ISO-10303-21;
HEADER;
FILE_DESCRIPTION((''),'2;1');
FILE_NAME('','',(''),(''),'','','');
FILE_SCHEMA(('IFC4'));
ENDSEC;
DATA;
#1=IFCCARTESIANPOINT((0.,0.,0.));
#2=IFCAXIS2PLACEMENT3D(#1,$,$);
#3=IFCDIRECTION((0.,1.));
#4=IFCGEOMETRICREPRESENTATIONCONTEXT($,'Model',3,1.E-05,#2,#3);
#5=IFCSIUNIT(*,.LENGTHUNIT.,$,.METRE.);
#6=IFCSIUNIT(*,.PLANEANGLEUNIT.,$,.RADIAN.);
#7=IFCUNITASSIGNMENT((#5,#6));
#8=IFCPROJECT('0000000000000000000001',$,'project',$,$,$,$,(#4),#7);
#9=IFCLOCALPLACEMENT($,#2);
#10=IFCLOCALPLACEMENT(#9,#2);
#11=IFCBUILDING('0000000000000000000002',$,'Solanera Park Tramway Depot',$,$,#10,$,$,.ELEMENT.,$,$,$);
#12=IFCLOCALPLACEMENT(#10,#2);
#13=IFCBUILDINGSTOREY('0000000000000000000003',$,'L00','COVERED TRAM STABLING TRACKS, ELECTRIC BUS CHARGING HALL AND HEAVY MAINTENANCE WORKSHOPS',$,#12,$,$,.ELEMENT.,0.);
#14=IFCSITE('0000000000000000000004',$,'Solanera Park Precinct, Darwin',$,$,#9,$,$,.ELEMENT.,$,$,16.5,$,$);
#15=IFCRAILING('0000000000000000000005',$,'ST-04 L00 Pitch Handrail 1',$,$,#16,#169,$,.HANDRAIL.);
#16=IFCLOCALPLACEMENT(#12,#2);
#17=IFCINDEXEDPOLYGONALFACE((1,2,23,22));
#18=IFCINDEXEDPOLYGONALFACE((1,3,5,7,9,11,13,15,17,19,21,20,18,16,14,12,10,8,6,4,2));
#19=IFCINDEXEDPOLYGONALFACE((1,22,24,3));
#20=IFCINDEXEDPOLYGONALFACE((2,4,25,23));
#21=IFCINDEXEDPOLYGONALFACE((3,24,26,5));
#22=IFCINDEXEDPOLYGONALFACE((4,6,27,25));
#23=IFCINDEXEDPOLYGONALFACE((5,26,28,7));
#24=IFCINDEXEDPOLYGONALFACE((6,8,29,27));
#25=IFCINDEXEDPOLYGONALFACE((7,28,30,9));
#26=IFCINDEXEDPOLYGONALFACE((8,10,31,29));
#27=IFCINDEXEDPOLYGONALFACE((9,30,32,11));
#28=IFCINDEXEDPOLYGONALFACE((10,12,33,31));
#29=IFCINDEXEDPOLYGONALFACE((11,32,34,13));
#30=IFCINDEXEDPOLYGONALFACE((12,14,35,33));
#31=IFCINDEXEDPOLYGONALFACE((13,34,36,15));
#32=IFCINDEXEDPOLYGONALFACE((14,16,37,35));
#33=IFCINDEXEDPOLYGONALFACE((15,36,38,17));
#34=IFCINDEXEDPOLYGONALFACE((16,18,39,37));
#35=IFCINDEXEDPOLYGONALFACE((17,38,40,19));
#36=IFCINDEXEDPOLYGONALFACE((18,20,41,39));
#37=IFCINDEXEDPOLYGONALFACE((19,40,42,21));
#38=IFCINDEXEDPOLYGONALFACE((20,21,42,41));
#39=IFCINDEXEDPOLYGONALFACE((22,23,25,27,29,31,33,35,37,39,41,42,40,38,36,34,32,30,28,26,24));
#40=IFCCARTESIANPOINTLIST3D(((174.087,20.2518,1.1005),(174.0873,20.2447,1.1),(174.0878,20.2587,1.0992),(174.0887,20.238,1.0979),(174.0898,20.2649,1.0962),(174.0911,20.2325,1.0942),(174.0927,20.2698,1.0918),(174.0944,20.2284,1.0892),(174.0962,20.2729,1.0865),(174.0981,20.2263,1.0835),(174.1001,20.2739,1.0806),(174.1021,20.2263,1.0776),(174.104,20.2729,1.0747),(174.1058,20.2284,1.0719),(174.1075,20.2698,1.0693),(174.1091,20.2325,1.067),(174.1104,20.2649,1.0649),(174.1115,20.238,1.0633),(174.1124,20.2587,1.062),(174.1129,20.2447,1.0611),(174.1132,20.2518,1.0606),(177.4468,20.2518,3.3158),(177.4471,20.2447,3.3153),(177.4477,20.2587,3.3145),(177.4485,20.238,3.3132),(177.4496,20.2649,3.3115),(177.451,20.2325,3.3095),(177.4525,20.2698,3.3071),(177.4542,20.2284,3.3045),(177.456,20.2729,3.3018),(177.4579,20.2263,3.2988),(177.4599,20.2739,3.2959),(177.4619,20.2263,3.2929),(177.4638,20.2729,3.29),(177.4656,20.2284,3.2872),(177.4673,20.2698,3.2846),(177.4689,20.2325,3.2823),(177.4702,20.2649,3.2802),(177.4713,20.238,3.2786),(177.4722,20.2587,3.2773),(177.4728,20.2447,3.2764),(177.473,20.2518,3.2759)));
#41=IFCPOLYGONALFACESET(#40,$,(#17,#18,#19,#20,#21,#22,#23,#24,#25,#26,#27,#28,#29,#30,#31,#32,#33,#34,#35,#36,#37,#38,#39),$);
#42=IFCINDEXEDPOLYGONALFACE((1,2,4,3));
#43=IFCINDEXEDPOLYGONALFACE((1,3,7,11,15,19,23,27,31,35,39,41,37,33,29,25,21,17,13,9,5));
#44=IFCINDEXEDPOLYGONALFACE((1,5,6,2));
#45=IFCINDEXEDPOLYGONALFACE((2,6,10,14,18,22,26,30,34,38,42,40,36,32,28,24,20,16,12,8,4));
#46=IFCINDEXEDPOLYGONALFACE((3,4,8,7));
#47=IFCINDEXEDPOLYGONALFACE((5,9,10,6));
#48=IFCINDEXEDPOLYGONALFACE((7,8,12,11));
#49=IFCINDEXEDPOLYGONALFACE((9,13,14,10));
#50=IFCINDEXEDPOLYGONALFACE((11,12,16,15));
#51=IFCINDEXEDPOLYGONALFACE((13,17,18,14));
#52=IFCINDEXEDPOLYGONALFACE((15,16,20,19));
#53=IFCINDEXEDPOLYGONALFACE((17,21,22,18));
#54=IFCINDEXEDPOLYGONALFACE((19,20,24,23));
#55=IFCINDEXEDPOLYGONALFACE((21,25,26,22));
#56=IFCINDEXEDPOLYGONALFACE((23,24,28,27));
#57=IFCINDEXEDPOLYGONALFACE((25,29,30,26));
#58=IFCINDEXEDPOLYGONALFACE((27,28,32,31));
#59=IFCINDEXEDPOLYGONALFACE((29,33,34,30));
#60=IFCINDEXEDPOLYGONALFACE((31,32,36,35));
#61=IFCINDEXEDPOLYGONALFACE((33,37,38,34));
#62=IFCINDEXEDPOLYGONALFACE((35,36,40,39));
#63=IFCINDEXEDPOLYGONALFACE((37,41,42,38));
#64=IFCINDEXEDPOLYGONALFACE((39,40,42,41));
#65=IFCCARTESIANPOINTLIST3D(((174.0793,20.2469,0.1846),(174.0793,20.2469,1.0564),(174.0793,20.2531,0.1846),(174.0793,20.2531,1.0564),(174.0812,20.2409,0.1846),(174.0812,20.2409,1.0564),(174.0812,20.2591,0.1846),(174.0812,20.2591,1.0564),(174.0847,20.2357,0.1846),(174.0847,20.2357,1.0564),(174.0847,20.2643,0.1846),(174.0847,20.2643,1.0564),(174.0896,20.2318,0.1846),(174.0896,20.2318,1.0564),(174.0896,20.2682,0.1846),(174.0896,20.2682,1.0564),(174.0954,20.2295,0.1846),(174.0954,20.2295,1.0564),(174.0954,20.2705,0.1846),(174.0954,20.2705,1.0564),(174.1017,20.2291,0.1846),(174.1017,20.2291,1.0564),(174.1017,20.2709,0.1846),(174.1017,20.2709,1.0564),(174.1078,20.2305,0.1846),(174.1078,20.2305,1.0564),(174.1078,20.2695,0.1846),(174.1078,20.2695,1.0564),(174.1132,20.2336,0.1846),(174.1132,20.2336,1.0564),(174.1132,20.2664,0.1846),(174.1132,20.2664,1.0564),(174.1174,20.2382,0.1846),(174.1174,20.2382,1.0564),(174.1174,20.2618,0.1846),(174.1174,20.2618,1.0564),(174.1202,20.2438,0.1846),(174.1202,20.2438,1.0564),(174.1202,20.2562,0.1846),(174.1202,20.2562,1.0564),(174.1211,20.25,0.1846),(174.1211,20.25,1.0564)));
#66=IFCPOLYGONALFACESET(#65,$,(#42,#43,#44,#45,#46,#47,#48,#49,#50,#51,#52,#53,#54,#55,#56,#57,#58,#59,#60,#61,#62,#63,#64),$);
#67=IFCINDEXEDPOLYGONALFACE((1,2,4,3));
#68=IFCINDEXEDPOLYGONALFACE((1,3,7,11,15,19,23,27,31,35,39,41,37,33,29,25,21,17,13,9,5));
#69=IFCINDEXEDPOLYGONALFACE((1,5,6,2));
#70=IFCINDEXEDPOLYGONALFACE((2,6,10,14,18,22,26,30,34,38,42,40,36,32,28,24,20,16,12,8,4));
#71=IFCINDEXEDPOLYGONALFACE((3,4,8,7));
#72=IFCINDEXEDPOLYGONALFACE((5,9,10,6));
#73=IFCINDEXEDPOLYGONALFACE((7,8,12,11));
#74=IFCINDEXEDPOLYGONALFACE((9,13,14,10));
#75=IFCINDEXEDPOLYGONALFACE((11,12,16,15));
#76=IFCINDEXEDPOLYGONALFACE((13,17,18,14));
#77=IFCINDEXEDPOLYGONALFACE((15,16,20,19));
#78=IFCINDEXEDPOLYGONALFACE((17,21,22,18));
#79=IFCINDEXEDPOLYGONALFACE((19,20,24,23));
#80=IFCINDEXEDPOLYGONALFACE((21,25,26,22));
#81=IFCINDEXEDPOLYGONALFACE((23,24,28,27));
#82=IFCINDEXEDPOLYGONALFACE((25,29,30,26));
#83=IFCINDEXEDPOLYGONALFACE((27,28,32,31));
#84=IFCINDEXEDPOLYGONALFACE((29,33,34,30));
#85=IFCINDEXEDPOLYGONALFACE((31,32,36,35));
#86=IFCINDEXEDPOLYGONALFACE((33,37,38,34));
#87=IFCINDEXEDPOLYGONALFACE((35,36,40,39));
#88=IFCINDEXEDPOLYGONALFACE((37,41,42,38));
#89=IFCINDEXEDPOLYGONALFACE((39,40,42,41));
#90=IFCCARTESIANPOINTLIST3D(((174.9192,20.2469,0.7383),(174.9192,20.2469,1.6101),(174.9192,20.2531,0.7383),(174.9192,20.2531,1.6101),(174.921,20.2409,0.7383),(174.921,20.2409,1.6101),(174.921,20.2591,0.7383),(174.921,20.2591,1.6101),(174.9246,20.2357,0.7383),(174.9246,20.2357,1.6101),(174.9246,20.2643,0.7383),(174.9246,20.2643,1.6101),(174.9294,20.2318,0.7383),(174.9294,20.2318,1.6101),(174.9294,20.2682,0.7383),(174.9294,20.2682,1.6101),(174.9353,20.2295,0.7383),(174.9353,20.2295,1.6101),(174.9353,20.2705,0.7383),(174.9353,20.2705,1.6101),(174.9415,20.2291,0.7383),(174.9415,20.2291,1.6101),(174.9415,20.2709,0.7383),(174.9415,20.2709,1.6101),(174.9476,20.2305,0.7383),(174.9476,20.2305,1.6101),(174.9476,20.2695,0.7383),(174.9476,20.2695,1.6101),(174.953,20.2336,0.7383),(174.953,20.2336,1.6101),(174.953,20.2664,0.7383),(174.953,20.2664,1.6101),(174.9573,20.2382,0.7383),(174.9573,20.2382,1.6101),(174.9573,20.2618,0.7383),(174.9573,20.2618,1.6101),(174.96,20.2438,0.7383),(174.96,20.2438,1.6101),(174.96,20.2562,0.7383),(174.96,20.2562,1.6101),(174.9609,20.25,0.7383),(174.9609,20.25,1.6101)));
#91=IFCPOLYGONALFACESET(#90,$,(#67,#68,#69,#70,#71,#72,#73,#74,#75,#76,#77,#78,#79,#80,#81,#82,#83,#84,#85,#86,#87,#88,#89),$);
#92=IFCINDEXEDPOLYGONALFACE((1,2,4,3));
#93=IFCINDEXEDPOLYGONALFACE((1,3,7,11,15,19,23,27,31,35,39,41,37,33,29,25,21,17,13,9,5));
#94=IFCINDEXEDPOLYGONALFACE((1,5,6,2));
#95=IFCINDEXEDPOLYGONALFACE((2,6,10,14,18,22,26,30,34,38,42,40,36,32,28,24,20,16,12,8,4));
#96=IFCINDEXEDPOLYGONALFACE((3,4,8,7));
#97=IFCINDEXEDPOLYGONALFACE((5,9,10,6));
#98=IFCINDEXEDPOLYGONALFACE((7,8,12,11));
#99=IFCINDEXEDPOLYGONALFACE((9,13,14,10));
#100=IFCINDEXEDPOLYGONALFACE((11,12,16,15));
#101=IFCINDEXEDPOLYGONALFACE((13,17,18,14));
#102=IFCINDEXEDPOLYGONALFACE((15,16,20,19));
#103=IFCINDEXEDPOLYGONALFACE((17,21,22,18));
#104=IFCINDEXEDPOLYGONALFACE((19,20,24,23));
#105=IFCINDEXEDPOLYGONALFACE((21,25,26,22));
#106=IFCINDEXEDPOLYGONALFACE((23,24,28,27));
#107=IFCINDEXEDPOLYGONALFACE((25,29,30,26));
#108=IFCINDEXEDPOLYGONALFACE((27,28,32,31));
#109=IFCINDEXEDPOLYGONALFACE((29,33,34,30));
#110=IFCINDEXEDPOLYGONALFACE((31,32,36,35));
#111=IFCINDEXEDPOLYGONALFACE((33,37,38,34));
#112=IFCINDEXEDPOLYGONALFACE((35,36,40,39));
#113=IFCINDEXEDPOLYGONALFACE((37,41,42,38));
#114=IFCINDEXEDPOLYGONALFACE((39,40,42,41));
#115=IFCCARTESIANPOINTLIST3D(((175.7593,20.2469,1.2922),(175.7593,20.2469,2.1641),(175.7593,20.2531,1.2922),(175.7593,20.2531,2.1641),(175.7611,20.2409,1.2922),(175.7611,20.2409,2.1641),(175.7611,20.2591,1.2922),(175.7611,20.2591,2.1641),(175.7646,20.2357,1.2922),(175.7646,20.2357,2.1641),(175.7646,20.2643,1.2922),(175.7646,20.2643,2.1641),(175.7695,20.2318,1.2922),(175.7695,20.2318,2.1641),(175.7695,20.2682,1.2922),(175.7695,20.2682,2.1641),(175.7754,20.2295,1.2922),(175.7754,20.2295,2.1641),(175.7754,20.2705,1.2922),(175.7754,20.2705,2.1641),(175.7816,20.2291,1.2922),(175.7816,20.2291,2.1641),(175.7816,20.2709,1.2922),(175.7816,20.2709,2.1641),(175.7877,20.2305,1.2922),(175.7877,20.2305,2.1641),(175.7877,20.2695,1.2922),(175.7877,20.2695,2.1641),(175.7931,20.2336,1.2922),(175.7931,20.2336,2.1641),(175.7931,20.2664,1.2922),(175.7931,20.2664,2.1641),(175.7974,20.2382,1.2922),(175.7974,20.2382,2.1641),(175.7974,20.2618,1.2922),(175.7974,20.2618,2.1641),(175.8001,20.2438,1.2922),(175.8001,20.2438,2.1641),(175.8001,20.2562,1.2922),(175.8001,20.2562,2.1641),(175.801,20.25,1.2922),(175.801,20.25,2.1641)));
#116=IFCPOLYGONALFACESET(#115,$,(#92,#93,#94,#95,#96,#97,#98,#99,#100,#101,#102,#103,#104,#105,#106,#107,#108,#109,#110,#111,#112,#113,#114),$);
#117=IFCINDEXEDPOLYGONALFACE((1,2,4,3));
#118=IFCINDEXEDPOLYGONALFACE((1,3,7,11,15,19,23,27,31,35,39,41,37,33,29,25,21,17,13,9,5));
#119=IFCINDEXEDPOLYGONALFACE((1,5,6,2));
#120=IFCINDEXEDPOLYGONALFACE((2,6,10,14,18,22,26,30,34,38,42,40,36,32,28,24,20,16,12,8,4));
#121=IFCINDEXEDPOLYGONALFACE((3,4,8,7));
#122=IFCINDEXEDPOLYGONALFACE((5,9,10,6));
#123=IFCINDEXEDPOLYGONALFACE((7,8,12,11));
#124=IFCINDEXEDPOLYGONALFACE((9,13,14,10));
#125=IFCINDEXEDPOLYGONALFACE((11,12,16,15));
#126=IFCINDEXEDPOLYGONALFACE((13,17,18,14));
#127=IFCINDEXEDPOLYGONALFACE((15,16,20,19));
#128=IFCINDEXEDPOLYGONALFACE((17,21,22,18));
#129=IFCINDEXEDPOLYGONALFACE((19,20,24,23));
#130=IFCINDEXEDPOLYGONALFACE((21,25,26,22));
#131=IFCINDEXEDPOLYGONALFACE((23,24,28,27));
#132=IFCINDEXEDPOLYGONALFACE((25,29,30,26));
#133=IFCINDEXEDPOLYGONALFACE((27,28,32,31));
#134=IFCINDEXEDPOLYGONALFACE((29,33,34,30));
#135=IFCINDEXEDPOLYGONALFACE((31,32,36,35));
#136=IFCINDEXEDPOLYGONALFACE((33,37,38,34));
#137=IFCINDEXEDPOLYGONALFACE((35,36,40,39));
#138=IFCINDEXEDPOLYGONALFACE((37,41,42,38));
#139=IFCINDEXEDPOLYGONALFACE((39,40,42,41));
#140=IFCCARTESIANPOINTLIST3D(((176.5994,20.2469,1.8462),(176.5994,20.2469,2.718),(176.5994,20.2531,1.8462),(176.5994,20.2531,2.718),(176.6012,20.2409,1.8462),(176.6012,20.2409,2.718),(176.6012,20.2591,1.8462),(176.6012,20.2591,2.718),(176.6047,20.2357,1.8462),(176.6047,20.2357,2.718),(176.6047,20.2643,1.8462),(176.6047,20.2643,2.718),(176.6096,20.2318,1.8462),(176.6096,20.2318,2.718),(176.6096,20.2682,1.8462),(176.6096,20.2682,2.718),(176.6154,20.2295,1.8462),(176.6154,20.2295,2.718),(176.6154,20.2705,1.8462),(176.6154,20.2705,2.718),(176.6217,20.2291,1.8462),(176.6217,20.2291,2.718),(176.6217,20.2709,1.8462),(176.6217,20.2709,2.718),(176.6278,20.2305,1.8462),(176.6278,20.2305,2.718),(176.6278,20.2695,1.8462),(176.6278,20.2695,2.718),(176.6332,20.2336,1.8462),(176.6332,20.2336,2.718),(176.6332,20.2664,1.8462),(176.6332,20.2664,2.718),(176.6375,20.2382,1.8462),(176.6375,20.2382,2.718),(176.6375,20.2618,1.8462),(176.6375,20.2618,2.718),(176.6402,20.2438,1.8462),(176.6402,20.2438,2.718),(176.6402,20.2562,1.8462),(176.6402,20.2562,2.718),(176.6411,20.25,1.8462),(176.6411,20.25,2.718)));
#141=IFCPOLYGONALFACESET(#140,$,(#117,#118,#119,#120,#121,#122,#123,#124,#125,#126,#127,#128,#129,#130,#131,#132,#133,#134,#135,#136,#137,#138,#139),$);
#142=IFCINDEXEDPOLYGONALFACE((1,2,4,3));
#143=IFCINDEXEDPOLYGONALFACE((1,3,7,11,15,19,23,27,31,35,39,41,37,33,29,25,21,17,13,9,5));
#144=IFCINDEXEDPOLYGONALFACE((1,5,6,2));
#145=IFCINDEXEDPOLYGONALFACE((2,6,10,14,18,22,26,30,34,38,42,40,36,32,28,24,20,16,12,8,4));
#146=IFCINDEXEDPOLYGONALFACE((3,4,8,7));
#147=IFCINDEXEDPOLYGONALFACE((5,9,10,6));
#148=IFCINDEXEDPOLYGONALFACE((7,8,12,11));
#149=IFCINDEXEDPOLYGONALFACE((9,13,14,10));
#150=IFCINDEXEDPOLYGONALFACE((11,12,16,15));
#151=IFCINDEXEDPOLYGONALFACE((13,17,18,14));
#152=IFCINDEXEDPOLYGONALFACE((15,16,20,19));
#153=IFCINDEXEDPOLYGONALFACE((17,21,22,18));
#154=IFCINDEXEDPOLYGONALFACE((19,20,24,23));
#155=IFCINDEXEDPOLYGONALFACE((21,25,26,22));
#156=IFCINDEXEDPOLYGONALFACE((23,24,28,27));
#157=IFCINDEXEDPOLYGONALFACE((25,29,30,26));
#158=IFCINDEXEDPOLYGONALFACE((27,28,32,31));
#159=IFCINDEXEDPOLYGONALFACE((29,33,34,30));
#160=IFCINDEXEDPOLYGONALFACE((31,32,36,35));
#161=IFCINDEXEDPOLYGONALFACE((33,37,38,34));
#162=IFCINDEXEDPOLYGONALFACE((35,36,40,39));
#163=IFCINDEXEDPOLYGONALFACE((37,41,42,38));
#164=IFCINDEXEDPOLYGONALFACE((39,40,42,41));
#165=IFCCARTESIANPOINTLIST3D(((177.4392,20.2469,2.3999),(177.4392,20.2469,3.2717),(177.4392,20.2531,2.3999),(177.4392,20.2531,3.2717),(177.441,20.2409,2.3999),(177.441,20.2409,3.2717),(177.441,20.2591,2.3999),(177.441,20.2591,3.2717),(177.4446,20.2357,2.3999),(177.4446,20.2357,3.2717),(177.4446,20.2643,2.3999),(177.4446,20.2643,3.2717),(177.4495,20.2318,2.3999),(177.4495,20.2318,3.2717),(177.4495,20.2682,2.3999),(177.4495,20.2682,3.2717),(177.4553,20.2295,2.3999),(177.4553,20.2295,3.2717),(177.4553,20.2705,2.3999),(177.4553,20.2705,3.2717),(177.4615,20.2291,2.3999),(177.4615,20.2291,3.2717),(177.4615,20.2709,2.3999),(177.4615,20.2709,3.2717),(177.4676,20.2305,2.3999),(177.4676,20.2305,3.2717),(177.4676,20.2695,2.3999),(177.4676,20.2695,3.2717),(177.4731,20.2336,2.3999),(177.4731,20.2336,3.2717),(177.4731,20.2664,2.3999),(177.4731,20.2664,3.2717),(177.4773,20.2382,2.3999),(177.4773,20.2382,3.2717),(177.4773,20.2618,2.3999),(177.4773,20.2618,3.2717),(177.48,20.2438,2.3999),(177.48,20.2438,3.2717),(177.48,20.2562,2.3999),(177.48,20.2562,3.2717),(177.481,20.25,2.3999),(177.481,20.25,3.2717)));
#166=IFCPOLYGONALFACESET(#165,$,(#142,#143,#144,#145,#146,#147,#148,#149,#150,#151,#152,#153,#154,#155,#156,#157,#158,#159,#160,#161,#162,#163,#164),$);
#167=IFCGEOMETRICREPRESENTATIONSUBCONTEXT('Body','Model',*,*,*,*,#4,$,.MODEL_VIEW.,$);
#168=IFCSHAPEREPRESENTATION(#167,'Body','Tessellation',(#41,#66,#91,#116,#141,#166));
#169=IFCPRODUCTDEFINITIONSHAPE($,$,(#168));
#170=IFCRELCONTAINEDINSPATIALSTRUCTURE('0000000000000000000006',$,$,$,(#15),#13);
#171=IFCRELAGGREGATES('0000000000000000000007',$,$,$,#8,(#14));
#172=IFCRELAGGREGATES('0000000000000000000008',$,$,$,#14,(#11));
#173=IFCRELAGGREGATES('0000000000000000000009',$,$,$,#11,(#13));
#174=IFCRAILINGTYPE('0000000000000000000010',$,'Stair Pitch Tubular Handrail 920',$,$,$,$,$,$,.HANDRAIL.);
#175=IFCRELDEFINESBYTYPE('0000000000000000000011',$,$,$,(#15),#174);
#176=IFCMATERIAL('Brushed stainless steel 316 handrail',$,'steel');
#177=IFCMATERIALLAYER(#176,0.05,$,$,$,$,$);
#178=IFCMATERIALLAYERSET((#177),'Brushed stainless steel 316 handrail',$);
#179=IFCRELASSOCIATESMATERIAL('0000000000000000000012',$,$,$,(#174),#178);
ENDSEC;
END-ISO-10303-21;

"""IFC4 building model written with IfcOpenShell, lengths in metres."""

from ifc_helpers import new_model, si_unit, direction, frame, origin, origin_2d, place, context, subcontext, project, spatial, circle, extrude, material, layer, layer_set, type_object, element, save


model = new_model("IFC4")

# Units and contexts
model_context = context("Model", 3, precision=1e-05, world=origin(), true_north=direction((0.0, 1.0)))
body_context = subcontext(model_context, "Body", "Model", "MODEL_VIEW")
ifc_project = project(units=[si_unit("LENGTHUNIT", "METRE"), si_unit("PLANEANGLEUNIT", "RADIAN")], contexts=[model_context])

# Site, building, storey
site_placement = place(None, origin())
site = spatial("IfcSite", under=ifc_project, at=site_placement, Name="Solanera Park Precinct, Darwin", CompositionType="ELEMENT", RefElevation=16.5)
building_placement = place(site_placement, origin())
building = spatial("IfcBuilding", under=site, at=building_placement, Name="Solanera Park Tramway Depot", CompositionType="ELEMENT")
storey_placement = place(building_placement, origin())
storey = spatial("IfcBuildingStorey", under=building, at=storey_placement, Name="L00", Description="COVERED TRAM STABLING TRACKS, ELECTRIC BUS CHARGING HALL AND HEAVY MAINTENANCE WORKSHOPS", CompositionType="ELEMENT", Elevation=0.0)

# Railing
ifc_material_1 = material(Name="Brushed stainless steel 316 handrail", Category="steel")
ifc_layer_1 = layer(ifc_material_1, 0.05)
ifc_layer_set_1 = layer_set([ifc_layer_1], Name="Brushed stainless steel 316 handrail")
railing_type_1 = type_object("IfcRailingType", Name="Stair Pitch Tubular Handrail 920", PredefinedType="HANDRAIL", material=ifc_layer_set_1)
railing_1_placement = place(storey_placement, frame((174.1001, 20.25, 0.1846)))
element("IfcRailing", 1, at=railing_1_placement, inside=storey, type_object=railing_type_1, Name="ST-04 L00 Pitch Handrail 1", PredefinedType="HANDRAIL", context=body_context, shape_type="SweptSolid", body=[
    extrude(circle(Radius=0.0239, at=origin_2d()), frame((0.0, 0.0, 0.896), z_axis=(0.834858, 0.0, 0.550465), x_axis=(0.0, 1.0, 0.0)), (0.0, 0.0, 1.0), 4.0244),
    extrude(circle(Radius=0.021, at=origin_2d()), origin(), (0.0, 0.0, 1.0), 0.8718),
    extrude(circle(Radius=0.021, at=origin_2d()), frame((0.8398, 0.0, 0.5537)), (0.0, 0.0, 1.0), 0.8718),
    extrude(circle(Radius=0.021, at=origin_2d()), frame((1.6799, 0.0, 1.1077)), (0.0, 0.0, 1.0), 0.8718),
    extrude(circle(Radius=0.021, at=origin_2d()), frame((2.52, 0.0, 1.6616)), (0.0, 0.0, 1.0), 0.8718),
    extrude(circle(Radius=0.021, at=origin_2d()), frame((3.3599, 0.0, 2.2153)), (0.0, 0.0, 1.0), 0.8718),
])

save(model, "model.ifc")
